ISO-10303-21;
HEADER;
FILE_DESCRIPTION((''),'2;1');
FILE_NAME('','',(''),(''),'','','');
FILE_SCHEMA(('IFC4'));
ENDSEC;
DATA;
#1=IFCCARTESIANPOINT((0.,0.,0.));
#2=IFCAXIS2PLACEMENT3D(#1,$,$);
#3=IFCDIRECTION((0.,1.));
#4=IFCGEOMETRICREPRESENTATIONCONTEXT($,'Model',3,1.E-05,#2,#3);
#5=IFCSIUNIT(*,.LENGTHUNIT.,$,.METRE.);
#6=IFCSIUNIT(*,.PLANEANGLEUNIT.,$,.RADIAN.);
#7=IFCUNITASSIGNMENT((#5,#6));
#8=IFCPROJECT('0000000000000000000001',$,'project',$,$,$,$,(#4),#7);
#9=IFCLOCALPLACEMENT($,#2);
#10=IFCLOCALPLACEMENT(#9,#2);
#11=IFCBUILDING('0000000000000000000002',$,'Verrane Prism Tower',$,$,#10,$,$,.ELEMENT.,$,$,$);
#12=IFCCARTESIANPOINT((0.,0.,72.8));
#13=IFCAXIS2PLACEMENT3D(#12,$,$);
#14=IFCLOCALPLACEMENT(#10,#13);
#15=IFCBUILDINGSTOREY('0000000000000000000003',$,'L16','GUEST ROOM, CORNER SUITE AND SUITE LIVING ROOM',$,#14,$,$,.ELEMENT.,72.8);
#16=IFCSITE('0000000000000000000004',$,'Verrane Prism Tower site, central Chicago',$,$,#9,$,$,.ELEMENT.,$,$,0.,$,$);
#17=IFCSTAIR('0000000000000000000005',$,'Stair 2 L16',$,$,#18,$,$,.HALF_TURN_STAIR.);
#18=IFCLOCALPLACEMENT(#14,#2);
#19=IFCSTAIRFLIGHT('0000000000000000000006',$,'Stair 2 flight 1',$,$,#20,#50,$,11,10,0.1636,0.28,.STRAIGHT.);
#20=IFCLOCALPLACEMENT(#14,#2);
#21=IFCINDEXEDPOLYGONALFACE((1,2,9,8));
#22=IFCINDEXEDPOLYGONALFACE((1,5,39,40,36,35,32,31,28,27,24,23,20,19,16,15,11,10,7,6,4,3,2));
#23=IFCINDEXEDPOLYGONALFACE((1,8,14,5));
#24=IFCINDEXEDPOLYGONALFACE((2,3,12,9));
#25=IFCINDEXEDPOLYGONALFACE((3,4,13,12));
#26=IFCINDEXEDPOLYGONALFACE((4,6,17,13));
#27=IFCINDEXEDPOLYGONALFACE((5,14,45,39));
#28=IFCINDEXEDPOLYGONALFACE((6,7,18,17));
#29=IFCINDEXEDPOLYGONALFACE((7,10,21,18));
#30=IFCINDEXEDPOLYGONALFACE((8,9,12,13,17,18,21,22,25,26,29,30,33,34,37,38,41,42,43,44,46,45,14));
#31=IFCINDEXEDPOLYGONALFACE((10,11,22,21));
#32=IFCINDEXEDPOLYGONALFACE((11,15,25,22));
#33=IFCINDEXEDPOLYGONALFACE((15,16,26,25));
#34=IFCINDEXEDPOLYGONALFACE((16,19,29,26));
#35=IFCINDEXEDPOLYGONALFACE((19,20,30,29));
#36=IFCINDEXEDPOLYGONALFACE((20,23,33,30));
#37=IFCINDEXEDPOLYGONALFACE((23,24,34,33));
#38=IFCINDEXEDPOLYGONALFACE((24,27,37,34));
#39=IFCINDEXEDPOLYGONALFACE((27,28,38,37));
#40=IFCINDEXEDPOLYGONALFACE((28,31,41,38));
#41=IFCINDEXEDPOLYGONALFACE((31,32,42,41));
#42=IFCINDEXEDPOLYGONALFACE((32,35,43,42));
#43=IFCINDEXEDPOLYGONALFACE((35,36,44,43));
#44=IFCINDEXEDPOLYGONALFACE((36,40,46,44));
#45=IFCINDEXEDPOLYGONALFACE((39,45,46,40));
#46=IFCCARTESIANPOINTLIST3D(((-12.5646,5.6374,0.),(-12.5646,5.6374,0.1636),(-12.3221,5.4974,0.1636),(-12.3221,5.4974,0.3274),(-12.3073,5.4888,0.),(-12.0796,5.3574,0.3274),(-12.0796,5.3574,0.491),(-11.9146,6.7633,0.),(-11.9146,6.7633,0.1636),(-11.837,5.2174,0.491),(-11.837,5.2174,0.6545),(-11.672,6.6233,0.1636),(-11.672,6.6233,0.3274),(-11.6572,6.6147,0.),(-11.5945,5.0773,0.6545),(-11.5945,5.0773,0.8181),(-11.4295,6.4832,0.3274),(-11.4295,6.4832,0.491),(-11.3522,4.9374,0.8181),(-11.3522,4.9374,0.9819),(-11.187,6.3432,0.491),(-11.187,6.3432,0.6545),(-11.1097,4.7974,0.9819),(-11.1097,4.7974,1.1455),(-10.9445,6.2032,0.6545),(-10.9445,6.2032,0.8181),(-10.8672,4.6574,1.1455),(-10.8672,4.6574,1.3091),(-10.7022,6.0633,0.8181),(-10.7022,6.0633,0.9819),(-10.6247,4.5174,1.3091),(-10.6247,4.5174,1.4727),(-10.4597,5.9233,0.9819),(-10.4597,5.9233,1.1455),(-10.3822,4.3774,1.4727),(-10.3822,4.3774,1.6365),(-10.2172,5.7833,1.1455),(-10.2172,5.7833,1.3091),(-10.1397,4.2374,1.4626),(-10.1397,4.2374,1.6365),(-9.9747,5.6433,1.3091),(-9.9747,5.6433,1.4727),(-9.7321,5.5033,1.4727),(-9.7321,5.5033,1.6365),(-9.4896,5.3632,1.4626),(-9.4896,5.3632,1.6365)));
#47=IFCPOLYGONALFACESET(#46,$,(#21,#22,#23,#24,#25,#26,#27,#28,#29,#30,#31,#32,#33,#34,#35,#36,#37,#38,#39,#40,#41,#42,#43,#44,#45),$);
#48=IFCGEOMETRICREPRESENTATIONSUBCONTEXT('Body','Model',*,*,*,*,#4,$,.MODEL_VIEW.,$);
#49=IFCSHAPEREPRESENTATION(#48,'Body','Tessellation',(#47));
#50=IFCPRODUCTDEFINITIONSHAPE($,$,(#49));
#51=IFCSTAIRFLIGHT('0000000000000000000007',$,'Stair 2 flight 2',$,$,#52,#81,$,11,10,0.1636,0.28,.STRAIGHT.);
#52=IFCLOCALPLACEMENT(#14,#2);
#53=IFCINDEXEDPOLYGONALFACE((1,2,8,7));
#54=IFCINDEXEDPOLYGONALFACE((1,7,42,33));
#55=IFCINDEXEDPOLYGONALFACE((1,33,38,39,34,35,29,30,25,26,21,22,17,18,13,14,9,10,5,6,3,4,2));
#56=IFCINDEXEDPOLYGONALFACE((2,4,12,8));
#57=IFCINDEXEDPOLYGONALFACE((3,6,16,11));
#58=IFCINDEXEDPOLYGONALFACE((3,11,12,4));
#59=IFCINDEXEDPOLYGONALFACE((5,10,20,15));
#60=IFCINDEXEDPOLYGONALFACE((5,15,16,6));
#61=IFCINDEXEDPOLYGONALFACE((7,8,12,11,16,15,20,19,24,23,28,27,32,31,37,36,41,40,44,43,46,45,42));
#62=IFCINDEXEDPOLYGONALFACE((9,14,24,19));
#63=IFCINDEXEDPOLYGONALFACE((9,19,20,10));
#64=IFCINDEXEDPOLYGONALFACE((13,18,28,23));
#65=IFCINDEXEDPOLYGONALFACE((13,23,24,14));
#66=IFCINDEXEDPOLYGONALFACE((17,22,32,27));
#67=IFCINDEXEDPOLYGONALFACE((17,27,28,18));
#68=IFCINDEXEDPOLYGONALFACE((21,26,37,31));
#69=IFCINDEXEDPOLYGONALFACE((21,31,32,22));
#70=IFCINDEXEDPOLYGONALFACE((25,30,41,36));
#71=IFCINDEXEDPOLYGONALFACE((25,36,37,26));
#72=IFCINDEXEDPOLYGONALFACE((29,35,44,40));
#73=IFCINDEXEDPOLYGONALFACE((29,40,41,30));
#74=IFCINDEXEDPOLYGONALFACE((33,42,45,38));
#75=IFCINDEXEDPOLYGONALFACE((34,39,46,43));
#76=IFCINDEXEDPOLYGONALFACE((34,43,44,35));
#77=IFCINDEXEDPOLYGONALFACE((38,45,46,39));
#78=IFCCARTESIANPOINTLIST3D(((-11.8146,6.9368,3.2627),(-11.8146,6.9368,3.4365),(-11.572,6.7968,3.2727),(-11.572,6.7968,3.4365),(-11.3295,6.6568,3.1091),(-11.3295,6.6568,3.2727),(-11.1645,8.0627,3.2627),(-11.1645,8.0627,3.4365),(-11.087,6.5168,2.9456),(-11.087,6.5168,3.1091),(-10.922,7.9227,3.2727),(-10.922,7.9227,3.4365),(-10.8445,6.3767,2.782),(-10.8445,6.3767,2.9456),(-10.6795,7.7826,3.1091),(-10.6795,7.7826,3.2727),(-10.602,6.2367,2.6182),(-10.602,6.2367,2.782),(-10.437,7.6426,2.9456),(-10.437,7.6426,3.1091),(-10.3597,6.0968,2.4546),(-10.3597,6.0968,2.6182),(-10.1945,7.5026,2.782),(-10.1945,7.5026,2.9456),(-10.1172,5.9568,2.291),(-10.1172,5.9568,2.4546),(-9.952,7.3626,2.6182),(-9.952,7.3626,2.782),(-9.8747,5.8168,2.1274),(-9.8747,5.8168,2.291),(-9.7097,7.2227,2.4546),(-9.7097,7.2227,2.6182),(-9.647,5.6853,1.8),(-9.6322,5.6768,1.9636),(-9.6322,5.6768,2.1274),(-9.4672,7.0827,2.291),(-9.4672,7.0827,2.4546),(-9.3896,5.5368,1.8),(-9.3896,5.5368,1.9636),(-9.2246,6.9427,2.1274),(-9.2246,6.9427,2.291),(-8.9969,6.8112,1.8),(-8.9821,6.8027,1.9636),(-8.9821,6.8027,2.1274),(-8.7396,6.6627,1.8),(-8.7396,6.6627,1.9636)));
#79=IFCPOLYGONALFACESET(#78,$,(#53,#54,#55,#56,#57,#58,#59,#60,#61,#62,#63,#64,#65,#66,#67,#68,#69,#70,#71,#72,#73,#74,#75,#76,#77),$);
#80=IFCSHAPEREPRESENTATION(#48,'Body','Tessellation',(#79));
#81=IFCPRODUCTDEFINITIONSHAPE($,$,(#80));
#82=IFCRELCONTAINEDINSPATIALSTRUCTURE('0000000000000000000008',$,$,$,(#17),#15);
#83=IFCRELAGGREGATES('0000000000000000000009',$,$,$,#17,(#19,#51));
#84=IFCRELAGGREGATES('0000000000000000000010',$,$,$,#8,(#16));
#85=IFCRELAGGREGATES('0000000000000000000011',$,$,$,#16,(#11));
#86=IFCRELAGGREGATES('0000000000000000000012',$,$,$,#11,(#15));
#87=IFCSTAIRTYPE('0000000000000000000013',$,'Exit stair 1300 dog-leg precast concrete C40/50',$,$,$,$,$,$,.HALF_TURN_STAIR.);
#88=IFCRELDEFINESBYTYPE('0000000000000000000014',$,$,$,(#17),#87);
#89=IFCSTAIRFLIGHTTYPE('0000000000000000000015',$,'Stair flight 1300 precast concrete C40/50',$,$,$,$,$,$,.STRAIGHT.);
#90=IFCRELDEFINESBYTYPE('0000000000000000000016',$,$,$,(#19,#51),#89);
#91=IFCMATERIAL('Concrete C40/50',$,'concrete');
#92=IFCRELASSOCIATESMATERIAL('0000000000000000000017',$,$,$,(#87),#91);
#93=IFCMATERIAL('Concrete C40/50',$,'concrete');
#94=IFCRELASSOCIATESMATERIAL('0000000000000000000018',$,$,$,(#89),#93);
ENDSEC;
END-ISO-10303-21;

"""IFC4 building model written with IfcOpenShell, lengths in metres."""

from ifc_helpers import new_model, si_unit, direction, frame, origin, place, context, subcontext, project, spatial, polyline, outline, extrude, material, type_object, element, aggregate, save


model = new_model("IFC4")

# Units and contexts
model_context = context("Model", 3, precision=1e-05, world=origin(), true_north=direction((0.0, 1.0)))
body_context = subcontext(model_context, "Body", "Model", "MODEL_VIEW")
ifc_project = project(units=[si_unit("LENGTHUNIT", "METRE"), si_unit("PLANEANGLEUNIT", "RADIAN")], contexts=[model_context])

# Site, building, storey
site_placement = place(None, origin())
site = spatial("IfcSite", under=ifc_project, at=site_placement, Name="Verrane Prism Tower site, central Chicago", CompositionType="ELEMENT", RefElevation=0.0)
building_placement = place(site_placement, origin())
building = spatial("IfcBuilding", under=site, at=building_placement, Name="Verrane Prism Tower", CompositionType="ELEMENT")
storey_placement = place(building_placement, frame((0.0, 0.0, 72.8)))
storey = spatial("IfcBuildingStorey", under=building, at=storey_placement, Name="L16", Description="GUEST ROOM, CORNER SUITE AND SUITE LIVING ROOM", CompositionType="ELEMENT", Elevation=72.8)

# Stair, stair flights
ifc_material_1 = material(Name="Concrete C40/50", Category="concrete")
stair_type = type_object("IfcStairType", Name="Exit stair 1300 dog-leg precast concrete C40/50", PredefinedType="HALF_TURN_STAIR", material=ifc_material_1)
stair_placement = place(storey_placement, origin())
stair = element("IfcStair", 1, at=stair_placement, inside=storey, type_object=stair_type, Name="Stair 2 L16", PredefinedType="HALF_TURN_STAIR")
ifc_material_2 = material(Name="Concrete C40/50", Category="concrete")
stair_flight_type = type_object("IfcStairFlightType", Name="Stair flight 1300 precast concrete C40/50", PredefinedType="STRAIGHT", material=ifc_material_2)
stair_flight_1_placement = place(storey_placement, frame((-12.2395, 6.2004, 0.0), z_axis=(0.0, 0.0, 1.0), x_axis=(0.866025, -0.5, 0.0)))
stair_flight_1 = element("IfcStairFlight", 2, at=stair_flight_1_placement, type_object=stair_flight_type, Name="Stair 2 flight 1", NumberOfRisers=11, NumberOfTreads=10, PredefinedType="STRAIGHT", RiserHeight=0.1636, TreadLength=0.28, context=body_context, shape_type="SweptSolid", body=[
    extrude(outline(polyline([(0.0, 0.0), (0.0, 0.1636), (0.28, 0.1636), (0.28, 0.3274), (0.5601, 0.3274), (0.5601, 0.491), (0.8401, 0.491), (0.8401, 0.6545), (1.1201, 0.6545), (1.1201, 0.8181), (1.3999, 0.8181), (1.3999, 0.9819), (1.6799, 0.9819), (1.6799, 1.1455), (1.96, 1.1455), (1.96, 1.3091), (2.24, 1.3091), (2.24, 1.4727), (2.52, 1.4727), (2.52, 1.6365), (2.8, 1.6365), (2.8, 1.8), (2.8, 1.4626), (0.2971, 0.0), (0.0, 0.0)])), frame((0.0, 0.6499, 0.0), z_axis=(0.0, -1.0, 0.0), x_axis=(1.0, 0.0, 0.0)), (0.0, 0.0, 1.0), 1.3),
])
stair_flight_2_placement = place(storey_placement, frame((-9.0647, 6.0996, 1.8), z_axis=(0.0, 0.0, 1.0), x_axis=(-0.866025, 0.5, 0.0)))
stair_flight_2 = element("IfcStairFlight", 3, at=stair_flight_2_placement, type_object=stair_flight_type, Name="Stair 2 flight 2", NumberOfRisers=11, NumberOfTreads=10, PredefinedType="STRAIGHT", RiserHeight=0.1636, TreadLength=0.28, context=body_context, shape_type="SweptSolid", body=[
    extrude(outline(polyline([(0.0, 0.0), (0.0, 0.1636), (0.28, 0.1636), (0.28, 0.3274), (0.5601, 0.3274), (0.5601, 0.491), (0.8401, 0.491), (0.8401, 0.6545), (1.1201, 0.6545), (1.1201, 0.8181), (1.3999, 0.8181), (1.3999, 0.9819), (1.6799, 0.9819), (1.6799, 1.1455), (1.96, 1.1455), (1.96, 1.3091), (2.24, 1.3091), (2.24, 1.4727), (2.52, 1.4727), (2.52, 1.6365), (2.8, 1.6365), (2.8, 1.8), (2.8, 1.4626), (0.2971, 0.0), (0.0, 0.0)])), frame((0.0, 0.6499, 0.0), z_axis=(0.0, -1.0, 0.0), x_axis=(1.0, 0.0, 0.0)), (0.0, 0.0, 1.0), 1.3),
])
aggregate(stair, [stair_flight_1, stair_flight_2])

save(model, "model.ifc")
